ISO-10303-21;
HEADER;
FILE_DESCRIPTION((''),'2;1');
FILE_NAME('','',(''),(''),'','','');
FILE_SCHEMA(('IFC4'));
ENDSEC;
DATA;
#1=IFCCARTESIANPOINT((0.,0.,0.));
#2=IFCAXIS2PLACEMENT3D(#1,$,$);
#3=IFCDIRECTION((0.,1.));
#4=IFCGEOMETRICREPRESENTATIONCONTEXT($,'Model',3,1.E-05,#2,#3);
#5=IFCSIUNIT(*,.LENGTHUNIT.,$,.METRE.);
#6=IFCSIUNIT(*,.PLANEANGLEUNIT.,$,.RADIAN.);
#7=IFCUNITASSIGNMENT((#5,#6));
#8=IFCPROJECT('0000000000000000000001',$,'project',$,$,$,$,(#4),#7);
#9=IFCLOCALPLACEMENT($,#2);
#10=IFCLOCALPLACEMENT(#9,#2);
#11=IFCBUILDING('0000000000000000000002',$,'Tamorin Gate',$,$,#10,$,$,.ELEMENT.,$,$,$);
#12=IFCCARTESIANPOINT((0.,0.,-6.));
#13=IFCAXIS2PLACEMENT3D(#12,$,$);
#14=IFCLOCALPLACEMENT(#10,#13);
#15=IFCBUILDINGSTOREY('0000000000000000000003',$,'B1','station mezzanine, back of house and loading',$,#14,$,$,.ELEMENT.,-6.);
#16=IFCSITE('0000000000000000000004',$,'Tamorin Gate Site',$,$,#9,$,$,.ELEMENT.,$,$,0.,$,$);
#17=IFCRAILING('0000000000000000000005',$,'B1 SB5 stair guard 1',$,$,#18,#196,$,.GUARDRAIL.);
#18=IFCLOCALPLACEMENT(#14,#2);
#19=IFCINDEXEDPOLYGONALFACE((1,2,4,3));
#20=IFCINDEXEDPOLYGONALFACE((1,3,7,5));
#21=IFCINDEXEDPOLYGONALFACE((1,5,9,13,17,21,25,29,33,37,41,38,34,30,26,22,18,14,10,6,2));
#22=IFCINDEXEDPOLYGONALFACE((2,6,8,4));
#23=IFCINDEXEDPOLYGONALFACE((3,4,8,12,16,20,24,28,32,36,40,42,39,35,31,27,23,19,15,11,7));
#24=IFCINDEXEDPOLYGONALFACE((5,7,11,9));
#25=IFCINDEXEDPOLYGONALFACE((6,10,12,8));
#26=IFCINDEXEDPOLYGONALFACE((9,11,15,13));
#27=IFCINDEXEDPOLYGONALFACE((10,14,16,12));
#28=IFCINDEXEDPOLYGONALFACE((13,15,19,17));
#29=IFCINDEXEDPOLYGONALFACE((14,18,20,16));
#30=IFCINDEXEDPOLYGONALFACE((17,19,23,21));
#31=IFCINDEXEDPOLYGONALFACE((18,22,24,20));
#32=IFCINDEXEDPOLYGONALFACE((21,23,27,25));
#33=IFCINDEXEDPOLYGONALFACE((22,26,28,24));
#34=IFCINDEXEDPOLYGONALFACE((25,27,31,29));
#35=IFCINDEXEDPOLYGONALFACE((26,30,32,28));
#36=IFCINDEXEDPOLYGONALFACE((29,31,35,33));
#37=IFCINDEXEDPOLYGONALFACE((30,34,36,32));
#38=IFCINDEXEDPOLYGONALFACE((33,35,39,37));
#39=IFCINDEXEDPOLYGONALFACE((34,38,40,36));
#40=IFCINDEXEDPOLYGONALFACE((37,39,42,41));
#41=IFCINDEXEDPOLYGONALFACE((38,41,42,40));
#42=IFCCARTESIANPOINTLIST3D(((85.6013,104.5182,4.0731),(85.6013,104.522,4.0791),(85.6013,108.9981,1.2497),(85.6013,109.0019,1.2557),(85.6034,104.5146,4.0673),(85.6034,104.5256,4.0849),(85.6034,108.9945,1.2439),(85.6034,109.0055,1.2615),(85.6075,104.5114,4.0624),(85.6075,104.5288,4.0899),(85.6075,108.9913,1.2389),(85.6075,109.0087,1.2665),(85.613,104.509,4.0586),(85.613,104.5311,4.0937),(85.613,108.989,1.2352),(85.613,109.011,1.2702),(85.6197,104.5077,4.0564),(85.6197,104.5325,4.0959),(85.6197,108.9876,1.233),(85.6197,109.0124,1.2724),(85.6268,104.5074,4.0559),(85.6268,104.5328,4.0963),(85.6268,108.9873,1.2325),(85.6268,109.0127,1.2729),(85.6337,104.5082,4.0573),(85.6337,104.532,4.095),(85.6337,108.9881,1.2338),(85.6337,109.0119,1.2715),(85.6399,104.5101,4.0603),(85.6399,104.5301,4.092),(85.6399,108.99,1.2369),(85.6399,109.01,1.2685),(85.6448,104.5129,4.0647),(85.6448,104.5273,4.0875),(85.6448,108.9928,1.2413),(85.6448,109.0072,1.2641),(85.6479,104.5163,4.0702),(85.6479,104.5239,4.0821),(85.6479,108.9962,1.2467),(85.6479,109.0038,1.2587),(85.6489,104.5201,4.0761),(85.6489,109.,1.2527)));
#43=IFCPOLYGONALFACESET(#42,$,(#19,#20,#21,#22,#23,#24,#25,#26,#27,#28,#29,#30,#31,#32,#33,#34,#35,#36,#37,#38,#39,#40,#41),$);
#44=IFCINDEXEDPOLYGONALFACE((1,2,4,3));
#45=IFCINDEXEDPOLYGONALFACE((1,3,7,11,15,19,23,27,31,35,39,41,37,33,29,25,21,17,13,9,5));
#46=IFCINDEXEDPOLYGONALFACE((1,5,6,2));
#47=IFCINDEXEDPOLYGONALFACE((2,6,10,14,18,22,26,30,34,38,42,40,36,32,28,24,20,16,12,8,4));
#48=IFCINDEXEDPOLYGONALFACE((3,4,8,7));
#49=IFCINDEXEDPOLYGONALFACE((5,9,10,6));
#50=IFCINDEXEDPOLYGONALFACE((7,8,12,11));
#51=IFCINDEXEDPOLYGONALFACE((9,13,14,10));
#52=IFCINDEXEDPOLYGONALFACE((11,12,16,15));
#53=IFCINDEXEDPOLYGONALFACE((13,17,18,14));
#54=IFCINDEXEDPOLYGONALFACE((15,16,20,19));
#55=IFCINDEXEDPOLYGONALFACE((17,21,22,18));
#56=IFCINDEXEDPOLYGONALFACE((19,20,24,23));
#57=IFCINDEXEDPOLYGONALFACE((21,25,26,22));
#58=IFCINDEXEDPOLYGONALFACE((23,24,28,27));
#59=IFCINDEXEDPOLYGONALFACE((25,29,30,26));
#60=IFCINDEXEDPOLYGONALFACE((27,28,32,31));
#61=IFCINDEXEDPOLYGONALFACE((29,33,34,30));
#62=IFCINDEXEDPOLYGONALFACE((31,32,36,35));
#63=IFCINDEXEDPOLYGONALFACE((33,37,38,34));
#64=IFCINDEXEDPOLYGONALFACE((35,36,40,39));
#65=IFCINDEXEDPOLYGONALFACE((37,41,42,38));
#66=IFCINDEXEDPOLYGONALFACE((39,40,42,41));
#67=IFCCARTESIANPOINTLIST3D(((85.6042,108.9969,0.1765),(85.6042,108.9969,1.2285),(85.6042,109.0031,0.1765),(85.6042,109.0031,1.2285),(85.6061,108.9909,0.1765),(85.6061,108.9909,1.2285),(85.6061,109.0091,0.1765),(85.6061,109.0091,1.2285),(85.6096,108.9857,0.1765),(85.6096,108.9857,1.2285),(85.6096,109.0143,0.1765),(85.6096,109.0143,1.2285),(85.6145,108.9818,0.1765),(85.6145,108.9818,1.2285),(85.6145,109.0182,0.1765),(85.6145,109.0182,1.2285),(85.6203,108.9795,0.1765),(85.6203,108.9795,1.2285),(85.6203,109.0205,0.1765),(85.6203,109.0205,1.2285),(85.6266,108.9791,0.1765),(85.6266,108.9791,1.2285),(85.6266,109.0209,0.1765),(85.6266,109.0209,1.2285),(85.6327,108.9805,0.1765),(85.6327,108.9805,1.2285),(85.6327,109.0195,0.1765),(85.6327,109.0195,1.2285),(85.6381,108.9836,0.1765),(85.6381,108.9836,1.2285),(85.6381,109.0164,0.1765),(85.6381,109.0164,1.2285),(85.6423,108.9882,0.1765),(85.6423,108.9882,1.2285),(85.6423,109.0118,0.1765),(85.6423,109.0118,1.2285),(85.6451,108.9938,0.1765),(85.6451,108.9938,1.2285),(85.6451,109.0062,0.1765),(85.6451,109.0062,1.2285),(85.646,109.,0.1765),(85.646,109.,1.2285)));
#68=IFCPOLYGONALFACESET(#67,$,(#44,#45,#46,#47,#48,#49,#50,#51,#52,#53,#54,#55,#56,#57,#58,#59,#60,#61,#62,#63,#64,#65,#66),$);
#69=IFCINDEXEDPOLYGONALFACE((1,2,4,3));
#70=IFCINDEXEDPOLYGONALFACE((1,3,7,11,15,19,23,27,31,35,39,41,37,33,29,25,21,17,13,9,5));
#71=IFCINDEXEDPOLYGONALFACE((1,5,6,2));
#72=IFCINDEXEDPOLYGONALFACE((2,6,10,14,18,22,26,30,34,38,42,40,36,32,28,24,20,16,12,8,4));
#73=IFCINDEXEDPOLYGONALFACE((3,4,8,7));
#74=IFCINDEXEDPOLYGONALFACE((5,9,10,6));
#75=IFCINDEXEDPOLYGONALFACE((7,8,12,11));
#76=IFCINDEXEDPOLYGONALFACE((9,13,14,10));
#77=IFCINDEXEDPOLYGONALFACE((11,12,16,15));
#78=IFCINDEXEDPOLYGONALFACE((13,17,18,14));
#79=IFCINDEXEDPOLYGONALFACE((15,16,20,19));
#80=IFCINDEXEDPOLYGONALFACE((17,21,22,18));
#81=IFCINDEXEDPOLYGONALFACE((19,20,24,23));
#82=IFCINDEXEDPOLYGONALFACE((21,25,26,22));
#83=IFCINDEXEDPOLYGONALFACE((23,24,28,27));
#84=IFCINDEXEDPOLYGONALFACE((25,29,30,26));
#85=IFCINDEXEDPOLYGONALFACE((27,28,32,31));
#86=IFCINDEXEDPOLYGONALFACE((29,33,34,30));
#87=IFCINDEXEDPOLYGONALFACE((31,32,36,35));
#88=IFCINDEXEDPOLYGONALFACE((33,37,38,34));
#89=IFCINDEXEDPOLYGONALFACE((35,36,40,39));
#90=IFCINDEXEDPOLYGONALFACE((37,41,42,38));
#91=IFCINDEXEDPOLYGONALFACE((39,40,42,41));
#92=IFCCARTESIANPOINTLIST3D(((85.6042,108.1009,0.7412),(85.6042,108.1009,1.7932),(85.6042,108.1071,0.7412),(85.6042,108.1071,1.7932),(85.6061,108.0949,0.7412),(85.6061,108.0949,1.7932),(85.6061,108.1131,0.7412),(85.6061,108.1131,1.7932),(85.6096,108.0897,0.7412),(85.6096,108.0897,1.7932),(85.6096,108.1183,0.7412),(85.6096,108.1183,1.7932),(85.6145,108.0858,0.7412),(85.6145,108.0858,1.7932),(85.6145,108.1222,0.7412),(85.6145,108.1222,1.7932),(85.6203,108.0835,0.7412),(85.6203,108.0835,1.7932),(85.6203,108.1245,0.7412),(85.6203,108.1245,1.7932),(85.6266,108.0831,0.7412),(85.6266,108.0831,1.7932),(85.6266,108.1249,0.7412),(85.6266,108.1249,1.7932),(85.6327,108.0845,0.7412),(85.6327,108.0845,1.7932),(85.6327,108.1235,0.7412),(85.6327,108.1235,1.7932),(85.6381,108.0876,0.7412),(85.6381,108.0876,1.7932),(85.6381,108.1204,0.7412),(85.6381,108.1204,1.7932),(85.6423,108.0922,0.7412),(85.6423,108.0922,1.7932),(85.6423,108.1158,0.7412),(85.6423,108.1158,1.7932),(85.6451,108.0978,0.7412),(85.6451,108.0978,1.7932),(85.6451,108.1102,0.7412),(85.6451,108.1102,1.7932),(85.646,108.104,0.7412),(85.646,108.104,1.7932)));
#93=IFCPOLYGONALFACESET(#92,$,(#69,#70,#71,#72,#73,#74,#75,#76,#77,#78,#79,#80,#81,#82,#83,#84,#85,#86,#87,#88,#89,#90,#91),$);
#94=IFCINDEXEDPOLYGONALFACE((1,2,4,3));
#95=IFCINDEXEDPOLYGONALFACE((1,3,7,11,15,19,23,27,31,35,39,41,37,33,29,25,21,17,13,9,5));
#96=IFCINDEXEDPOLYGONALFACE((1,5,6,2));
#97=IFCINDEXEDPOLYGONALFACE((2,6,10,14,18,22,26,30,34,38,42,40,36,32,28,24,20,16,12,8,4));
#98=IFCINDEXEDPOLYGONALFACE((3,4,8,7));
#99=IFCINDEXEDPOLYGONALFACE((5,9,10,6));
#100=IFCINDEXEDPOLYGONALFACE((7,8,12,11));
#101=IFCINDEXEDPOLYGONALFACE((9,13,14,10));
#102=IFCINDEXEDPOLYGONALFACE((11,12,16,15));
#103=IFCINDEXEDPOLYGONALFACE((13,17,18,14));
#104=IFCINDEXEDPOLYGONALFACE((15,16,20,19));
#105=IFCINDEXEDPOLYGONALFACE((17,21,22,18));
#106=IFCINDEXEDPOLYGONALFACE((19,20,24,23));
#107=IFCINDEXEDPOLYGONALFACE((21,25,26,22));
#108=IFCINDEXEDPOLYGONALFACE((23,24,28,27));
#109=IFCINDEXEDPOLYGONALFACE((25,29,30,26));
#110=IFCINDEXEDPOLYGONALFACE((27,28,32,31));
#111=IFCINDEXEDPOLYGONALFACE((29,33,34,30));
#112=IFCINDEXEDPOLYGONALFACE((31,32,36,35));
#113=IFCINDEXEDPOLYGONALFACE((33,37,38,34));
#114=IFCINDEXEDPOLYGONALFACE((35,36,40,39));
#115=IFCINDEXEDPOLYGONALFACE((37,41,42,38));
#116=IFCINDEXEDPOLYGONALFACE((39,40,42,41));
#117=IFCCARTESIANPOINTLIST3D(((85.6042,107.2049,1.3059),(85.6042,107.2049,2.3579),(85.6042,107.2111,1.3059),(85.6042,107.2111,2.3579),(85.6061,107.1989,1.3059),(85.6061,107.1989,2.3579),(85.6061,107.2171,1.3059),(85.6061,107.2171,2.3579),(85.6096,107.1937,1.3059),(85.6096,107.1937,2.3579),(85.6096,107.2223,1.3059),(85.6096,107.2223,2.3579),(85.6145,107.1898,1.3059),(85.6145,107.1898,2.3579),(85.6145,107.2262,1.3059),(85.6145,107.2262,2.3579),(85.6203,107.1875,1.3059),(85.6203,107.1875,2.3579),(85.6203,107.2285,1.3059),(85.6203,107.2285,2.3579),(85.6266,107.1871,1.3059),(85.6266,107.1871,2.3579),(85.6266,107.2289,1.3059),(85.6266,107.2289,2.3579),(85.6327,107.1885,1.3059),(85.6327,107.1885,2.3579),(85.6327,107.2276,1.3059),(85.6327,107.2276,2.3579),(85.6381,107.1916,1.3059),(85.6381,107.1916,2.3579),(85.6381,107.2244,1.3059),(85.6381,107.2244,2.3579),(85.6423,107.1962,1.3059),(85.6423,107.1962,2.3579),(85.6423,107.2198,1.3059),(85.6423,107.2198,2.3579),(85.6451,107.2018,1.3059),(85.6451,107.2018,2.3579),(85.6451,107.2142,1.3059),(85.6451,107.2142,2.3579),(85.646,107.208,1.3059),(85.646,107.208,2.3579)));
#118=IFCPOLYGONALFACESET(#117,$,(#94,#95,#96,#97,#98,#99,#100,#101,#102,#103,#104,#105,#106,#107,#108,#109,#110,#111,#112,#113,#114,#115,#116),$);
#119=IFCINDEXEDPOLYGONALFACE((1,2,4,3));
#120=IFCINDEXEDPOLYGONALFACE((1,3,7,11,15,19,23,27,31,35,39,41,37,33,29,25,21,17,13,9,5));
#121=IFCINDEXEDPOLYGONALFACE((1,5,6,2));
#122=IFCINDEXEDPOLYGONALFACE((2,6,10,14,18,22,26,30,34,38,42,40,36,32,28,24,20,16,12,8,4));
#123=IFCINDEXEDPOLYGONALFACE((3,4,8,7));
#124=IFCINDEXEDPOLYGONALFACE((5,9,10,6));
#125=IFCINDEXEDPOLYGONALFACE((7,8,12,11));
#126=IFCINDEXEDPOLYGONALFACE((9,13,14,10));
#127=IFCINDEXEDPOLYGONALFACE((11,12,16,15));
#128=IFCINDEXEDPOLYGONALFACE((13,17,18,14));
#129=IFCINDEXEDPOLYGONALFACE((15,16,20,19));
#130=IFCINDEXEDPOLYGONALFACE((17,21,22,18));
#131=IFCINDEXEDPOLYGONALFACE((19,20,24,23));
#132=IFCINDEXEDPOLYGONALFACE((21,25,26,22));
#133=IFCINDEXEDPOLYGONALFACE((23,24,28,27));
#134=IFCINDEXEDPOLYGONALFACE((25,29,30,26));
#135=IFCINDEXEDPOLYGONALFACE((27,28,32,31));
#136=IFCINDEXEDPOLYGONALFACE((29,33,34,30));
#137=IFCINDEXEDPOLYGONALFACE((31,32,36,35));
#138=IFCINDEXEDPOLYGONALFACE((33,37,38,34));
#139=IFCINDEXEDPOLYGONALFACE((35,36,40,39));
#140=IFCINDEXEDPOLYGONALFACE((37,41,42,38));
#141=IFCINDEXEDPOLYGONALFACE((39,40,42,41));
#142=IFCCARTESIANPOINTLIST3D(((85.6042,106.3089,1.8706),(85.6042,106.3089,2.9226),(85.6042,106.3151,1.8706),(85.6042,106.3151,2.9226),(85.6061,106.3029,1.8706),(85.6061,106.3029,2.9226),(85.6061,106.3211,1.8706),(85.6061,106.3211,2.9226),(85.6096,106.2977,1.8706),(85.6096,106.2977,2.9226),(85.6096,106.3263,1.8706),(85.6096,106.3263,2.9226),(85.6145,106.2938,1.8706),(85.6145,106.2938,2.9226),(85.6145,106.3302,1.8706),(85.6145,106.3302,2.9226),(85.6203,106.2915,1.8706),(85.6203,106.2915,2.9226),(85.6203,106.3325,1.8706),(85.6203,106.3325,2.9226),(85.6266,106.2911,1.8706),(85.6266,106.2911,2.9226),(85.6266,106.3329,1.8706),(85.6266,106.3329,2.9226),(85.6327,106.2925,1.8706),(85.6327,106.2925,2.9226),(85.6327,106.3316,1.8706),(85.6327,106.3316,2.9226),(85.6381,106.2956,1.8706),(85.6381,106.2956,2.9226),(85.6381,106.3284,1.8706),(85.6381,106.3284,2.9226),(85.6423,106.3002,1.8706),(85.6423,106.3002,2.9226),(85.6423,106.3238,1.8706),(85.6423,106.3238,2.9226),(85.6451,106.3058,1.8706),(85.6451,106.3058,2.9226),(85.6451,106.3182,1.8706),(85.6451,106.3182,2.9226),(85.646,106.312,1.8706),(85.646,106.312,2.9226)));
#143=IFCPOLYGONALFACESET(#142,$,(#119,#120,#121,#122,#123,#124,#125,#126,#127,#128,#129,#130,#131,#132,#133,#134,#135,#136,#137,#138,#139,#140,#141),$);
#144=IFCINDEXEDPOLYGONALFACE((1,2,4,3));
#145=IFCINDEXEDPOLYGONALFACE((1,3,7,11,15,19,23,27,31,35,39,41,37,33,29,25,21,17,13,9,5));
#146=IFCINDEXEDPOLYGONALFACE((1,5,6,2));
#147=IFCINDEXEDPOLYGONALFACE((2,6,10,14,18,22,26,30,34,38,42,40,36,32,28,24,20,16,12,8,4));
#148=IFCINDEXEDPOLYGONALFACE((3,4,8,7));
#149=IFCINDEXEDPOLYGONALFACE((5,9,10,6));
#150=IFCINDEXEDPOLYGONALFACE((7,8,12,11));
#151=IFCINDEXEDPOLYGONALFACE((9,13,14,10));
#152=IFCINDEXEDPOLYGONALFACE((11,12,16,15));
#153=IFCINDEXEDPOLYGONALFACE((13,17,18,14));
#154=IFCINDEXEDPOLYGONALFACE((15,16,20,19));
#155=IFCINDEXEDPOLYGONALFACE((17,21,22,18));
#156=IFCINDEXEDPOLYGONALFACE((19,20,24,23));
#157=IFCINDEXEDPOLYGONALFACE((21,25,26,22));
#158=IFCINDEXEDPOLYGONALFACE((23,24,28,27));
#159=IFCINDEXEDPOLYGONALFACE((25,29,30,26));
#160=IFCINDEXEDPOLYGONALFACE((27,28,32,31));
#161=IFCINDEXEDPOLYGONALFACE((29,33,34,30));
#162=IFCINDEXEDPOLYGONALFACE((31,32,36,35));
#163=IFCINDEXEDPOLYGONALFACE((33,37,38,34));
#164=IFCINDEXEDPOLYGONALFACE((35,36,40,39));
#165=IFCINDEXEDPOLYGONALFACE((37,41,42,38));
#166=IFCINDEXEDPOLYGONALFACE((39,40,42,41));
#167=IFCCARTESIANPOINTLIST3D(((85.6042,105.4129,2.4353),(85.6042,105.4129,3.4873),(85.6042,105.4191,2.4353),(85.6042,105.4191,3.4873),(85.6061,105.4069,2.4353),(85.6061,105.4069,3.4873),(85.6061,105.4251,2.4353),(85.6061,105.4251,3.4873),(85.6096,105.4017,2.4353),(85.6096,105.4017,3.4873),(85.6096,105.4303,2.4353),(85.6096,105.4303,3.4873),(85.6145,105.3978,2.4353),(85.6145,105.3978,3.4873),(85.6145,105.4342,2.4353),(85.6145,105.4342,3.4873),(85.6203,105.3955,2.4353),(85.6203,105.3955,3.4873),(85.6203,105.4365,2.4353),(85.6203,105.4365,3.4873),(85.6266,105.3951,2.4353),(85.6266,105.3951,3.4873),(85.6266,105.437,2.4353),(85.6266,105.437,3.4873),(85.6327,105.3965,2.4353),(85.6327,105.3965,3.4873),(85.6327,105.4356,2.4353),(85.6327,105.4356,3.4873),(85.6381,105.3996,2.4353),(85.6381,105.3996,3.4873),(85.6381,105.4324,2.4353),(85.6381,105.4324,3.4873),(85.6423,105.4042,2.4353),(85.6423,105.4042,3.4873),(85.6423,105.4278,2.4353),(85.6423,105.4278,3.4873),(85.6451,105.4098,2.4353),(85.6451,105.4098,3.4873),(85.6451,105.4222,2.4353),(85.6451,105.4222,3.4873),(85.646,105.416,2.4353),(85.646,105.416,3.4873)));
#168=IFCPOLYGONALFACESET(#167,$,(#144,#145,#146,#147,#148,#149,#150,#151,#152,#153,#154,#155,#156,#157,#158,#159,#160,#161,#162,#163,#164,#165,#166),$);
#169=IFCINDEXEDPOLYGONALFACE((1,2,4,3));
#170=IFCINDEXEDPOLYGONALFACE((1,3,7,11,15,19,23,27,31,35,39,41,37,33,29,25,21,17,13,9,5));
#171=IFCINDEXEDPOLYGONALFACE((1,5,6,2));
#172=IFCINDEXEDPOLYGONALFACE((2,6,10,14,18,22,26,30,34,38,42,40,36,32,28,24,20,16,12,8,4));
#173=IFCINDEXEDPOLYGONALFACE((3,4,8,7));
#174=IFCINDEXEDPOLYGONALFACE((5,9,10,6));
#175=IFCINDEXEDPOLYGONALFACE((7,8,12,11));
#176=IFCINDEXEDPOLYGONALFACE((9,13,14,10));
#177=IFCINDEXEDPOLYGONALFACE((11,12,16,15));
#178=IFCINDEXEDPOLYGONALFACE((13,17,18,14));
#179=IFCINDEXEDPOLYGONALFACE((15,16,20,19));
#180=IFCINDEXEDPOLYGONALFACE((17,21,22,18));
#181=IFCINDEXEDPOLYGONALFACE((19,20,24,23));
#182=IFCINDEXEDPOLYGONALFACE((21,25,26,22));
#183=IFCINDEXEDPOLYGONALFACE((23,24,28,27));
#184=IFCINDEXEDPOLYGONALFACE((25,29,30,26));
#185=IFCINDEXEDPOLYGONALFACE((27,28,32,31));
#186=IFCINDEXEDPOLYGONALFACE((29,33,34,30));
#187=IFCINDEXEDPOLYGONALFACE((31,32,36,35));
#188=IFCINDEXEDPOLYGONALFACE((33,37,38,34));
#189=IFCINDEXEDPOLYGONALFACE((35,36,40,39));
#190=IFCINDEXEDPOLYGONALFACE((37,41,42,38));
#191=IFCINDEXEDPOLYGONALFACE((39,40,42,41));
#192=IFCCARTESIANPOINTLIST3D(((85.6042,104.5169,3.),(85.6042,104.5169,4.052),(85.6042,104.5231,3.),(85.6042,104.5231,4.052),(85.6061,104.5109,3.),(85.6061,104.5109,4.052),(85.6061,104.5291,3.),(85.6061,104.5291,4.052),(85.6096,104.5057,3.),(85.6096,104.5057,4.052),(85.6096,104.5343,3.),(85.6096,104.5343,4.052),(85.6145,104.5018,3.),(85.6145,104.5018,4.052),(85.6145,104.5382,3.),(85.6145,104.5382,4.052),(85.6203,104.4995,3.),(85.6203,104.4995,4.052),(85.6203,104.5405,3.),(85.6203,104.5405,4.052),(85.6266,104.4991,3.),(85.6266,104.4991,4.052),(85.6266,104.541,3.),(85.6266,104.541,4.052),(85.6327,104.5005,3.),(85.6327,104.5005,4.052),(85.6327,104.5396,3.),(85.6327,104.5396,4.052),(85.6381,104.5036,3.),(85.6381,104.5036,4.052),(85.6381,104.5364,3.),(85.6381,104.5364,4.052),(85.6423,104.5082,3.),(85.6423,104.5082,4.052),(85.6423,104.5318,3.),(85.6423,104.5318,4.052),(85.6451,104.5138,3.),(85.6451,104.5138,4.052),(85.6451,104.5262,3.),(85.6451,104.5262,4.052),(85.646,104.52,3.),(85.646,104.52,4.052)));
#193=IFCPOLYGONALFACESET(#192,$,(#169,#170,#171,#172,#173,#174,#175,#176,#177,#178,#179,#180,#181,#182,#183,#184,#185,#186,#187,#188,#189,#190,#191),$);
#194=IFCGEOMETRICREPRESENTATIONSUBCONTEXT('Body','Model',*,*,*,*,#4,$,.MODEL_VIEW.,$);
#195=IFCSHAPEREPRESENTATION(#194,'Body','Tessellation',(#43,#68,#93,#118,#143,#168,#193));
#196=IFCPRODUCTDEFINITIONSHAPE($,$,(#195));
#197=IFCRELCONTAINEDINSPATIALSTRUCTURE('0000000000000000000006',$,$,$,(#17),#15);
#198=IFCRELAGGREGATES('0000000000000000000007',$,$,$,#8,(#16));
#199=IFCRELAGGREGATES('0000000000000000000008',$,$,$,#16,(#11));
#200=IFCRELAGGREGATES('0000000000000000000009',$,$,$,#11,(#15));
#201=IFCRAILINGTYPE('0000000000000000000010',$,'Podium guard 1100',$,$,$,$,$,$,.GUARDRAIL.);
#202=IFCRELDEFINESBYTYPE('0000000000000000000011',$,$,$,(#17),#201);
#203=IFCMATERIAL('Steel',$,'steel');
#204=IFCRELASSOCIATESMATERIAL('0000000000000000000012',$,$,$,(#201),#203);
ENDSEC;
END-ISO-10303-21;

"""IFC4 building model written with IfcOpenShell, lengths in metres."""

from ifc_helpers import new_model, si_unit, direction, frame, origin, origin_2d, place, context, subcontext, project, spatial, circle, extrude, material, type_object, element, save


model = new_model("IFC4")

# Units and contexts
model_context = context("Model", 3, precision=1e-05, world=origin(), true_north=direction((0.0, 1.0)))
body_context = subcontext(model_context, "Body", "Model", "MODEL_VIEW")
ifc_project = project(units=[si_unit("LENGTHUNIT", "METRE"), si_unit("PLANEANGLEUNIT", "RADIAN")], contexts=[model_context])

# Site, building, storey
site_placement = place(None, origin())
site = spatial("IfcSite", under=ifc_project, at=site_placement, Name="Tamorin Gate Site", CompositionType="ELEMENT", RefElevation=0.0)
building_placement = place(site_placement, origin())
building = spatial("IfcBuilding", under=site, at=building_placement, Name="Tamorin Gate", CompositionType="ELEMENT")
storey_placement = place(building_placement, frame((0.0, 0.0, -6.0)))
storey = spatial("IfcBuildingStorey", under=building, at=storey_placement, Name="B1", Description="station mezzanine, back of house and loading", CompositionType="ELEMENT", Elevation=-6.0)

# Railing
ifc_material_1 = material(Name="Steel", Category="steel")
railing_type_1 = type_object("IfcRailingType", Name="Podium guard 1100", PredefinedType="GUARDRAIL", material=ifc_material_1)
railing_1_placement = place(storey_placement, frame((85.625, 109.0, 0.1765)))
element("IfcRailing", 1, at=railing_1_placement, inside=storey, type_object=railing_type_1, Name="B1 SB5 stair guard 1", PredefinedType="GUARDRAIL", context=body_context, shape_type="SweptSolid", body=[
    extrude(circle(Radius=0.0239, at=origin_2d()), frame((0.0, 0.0, 1.0762), z_axis=(0.0, -0.845998, 0.533186), x_axis=(1.0, 0.0, 0.0)), (0.0, 0.0, 1.0), 5.2954),
    extrude(circle(Radius=0.021, at=origin_2d()), origin(), (0.0, 0.0, 1.0), 1.052),
    extrude(circle(Radius=0.021, at=origin_2d()), frame((0.0, -0.896, 0.5647)), (0.0, 0.0, 1.0), 1.052),
    extrude(circle(Radius=0.021, at=origin_2d()), frame((0.0, -1.792, 1.1294)), (0.0, 0.0, 1.0), 1.052),
    extrude(circle(Radius=0.021, at=origin_2d()), frame((0.0, -2.688, 1.6941)), (0.0, 0.0, 1.0), 1.052),
    extrude(circle(Radius=0.021, at=origin_2d()), frame((0.0, -3.584, 2.2588)), (0.0, 0.0, 1.0), 1.052),
    extrude(circle(Radius=0.021, at=origin_2d()), frame((0.0, -4.48, 2.8235)), (0.0, 0.0, 1.0), 1.052),
])

save(model, "model.ifc")
